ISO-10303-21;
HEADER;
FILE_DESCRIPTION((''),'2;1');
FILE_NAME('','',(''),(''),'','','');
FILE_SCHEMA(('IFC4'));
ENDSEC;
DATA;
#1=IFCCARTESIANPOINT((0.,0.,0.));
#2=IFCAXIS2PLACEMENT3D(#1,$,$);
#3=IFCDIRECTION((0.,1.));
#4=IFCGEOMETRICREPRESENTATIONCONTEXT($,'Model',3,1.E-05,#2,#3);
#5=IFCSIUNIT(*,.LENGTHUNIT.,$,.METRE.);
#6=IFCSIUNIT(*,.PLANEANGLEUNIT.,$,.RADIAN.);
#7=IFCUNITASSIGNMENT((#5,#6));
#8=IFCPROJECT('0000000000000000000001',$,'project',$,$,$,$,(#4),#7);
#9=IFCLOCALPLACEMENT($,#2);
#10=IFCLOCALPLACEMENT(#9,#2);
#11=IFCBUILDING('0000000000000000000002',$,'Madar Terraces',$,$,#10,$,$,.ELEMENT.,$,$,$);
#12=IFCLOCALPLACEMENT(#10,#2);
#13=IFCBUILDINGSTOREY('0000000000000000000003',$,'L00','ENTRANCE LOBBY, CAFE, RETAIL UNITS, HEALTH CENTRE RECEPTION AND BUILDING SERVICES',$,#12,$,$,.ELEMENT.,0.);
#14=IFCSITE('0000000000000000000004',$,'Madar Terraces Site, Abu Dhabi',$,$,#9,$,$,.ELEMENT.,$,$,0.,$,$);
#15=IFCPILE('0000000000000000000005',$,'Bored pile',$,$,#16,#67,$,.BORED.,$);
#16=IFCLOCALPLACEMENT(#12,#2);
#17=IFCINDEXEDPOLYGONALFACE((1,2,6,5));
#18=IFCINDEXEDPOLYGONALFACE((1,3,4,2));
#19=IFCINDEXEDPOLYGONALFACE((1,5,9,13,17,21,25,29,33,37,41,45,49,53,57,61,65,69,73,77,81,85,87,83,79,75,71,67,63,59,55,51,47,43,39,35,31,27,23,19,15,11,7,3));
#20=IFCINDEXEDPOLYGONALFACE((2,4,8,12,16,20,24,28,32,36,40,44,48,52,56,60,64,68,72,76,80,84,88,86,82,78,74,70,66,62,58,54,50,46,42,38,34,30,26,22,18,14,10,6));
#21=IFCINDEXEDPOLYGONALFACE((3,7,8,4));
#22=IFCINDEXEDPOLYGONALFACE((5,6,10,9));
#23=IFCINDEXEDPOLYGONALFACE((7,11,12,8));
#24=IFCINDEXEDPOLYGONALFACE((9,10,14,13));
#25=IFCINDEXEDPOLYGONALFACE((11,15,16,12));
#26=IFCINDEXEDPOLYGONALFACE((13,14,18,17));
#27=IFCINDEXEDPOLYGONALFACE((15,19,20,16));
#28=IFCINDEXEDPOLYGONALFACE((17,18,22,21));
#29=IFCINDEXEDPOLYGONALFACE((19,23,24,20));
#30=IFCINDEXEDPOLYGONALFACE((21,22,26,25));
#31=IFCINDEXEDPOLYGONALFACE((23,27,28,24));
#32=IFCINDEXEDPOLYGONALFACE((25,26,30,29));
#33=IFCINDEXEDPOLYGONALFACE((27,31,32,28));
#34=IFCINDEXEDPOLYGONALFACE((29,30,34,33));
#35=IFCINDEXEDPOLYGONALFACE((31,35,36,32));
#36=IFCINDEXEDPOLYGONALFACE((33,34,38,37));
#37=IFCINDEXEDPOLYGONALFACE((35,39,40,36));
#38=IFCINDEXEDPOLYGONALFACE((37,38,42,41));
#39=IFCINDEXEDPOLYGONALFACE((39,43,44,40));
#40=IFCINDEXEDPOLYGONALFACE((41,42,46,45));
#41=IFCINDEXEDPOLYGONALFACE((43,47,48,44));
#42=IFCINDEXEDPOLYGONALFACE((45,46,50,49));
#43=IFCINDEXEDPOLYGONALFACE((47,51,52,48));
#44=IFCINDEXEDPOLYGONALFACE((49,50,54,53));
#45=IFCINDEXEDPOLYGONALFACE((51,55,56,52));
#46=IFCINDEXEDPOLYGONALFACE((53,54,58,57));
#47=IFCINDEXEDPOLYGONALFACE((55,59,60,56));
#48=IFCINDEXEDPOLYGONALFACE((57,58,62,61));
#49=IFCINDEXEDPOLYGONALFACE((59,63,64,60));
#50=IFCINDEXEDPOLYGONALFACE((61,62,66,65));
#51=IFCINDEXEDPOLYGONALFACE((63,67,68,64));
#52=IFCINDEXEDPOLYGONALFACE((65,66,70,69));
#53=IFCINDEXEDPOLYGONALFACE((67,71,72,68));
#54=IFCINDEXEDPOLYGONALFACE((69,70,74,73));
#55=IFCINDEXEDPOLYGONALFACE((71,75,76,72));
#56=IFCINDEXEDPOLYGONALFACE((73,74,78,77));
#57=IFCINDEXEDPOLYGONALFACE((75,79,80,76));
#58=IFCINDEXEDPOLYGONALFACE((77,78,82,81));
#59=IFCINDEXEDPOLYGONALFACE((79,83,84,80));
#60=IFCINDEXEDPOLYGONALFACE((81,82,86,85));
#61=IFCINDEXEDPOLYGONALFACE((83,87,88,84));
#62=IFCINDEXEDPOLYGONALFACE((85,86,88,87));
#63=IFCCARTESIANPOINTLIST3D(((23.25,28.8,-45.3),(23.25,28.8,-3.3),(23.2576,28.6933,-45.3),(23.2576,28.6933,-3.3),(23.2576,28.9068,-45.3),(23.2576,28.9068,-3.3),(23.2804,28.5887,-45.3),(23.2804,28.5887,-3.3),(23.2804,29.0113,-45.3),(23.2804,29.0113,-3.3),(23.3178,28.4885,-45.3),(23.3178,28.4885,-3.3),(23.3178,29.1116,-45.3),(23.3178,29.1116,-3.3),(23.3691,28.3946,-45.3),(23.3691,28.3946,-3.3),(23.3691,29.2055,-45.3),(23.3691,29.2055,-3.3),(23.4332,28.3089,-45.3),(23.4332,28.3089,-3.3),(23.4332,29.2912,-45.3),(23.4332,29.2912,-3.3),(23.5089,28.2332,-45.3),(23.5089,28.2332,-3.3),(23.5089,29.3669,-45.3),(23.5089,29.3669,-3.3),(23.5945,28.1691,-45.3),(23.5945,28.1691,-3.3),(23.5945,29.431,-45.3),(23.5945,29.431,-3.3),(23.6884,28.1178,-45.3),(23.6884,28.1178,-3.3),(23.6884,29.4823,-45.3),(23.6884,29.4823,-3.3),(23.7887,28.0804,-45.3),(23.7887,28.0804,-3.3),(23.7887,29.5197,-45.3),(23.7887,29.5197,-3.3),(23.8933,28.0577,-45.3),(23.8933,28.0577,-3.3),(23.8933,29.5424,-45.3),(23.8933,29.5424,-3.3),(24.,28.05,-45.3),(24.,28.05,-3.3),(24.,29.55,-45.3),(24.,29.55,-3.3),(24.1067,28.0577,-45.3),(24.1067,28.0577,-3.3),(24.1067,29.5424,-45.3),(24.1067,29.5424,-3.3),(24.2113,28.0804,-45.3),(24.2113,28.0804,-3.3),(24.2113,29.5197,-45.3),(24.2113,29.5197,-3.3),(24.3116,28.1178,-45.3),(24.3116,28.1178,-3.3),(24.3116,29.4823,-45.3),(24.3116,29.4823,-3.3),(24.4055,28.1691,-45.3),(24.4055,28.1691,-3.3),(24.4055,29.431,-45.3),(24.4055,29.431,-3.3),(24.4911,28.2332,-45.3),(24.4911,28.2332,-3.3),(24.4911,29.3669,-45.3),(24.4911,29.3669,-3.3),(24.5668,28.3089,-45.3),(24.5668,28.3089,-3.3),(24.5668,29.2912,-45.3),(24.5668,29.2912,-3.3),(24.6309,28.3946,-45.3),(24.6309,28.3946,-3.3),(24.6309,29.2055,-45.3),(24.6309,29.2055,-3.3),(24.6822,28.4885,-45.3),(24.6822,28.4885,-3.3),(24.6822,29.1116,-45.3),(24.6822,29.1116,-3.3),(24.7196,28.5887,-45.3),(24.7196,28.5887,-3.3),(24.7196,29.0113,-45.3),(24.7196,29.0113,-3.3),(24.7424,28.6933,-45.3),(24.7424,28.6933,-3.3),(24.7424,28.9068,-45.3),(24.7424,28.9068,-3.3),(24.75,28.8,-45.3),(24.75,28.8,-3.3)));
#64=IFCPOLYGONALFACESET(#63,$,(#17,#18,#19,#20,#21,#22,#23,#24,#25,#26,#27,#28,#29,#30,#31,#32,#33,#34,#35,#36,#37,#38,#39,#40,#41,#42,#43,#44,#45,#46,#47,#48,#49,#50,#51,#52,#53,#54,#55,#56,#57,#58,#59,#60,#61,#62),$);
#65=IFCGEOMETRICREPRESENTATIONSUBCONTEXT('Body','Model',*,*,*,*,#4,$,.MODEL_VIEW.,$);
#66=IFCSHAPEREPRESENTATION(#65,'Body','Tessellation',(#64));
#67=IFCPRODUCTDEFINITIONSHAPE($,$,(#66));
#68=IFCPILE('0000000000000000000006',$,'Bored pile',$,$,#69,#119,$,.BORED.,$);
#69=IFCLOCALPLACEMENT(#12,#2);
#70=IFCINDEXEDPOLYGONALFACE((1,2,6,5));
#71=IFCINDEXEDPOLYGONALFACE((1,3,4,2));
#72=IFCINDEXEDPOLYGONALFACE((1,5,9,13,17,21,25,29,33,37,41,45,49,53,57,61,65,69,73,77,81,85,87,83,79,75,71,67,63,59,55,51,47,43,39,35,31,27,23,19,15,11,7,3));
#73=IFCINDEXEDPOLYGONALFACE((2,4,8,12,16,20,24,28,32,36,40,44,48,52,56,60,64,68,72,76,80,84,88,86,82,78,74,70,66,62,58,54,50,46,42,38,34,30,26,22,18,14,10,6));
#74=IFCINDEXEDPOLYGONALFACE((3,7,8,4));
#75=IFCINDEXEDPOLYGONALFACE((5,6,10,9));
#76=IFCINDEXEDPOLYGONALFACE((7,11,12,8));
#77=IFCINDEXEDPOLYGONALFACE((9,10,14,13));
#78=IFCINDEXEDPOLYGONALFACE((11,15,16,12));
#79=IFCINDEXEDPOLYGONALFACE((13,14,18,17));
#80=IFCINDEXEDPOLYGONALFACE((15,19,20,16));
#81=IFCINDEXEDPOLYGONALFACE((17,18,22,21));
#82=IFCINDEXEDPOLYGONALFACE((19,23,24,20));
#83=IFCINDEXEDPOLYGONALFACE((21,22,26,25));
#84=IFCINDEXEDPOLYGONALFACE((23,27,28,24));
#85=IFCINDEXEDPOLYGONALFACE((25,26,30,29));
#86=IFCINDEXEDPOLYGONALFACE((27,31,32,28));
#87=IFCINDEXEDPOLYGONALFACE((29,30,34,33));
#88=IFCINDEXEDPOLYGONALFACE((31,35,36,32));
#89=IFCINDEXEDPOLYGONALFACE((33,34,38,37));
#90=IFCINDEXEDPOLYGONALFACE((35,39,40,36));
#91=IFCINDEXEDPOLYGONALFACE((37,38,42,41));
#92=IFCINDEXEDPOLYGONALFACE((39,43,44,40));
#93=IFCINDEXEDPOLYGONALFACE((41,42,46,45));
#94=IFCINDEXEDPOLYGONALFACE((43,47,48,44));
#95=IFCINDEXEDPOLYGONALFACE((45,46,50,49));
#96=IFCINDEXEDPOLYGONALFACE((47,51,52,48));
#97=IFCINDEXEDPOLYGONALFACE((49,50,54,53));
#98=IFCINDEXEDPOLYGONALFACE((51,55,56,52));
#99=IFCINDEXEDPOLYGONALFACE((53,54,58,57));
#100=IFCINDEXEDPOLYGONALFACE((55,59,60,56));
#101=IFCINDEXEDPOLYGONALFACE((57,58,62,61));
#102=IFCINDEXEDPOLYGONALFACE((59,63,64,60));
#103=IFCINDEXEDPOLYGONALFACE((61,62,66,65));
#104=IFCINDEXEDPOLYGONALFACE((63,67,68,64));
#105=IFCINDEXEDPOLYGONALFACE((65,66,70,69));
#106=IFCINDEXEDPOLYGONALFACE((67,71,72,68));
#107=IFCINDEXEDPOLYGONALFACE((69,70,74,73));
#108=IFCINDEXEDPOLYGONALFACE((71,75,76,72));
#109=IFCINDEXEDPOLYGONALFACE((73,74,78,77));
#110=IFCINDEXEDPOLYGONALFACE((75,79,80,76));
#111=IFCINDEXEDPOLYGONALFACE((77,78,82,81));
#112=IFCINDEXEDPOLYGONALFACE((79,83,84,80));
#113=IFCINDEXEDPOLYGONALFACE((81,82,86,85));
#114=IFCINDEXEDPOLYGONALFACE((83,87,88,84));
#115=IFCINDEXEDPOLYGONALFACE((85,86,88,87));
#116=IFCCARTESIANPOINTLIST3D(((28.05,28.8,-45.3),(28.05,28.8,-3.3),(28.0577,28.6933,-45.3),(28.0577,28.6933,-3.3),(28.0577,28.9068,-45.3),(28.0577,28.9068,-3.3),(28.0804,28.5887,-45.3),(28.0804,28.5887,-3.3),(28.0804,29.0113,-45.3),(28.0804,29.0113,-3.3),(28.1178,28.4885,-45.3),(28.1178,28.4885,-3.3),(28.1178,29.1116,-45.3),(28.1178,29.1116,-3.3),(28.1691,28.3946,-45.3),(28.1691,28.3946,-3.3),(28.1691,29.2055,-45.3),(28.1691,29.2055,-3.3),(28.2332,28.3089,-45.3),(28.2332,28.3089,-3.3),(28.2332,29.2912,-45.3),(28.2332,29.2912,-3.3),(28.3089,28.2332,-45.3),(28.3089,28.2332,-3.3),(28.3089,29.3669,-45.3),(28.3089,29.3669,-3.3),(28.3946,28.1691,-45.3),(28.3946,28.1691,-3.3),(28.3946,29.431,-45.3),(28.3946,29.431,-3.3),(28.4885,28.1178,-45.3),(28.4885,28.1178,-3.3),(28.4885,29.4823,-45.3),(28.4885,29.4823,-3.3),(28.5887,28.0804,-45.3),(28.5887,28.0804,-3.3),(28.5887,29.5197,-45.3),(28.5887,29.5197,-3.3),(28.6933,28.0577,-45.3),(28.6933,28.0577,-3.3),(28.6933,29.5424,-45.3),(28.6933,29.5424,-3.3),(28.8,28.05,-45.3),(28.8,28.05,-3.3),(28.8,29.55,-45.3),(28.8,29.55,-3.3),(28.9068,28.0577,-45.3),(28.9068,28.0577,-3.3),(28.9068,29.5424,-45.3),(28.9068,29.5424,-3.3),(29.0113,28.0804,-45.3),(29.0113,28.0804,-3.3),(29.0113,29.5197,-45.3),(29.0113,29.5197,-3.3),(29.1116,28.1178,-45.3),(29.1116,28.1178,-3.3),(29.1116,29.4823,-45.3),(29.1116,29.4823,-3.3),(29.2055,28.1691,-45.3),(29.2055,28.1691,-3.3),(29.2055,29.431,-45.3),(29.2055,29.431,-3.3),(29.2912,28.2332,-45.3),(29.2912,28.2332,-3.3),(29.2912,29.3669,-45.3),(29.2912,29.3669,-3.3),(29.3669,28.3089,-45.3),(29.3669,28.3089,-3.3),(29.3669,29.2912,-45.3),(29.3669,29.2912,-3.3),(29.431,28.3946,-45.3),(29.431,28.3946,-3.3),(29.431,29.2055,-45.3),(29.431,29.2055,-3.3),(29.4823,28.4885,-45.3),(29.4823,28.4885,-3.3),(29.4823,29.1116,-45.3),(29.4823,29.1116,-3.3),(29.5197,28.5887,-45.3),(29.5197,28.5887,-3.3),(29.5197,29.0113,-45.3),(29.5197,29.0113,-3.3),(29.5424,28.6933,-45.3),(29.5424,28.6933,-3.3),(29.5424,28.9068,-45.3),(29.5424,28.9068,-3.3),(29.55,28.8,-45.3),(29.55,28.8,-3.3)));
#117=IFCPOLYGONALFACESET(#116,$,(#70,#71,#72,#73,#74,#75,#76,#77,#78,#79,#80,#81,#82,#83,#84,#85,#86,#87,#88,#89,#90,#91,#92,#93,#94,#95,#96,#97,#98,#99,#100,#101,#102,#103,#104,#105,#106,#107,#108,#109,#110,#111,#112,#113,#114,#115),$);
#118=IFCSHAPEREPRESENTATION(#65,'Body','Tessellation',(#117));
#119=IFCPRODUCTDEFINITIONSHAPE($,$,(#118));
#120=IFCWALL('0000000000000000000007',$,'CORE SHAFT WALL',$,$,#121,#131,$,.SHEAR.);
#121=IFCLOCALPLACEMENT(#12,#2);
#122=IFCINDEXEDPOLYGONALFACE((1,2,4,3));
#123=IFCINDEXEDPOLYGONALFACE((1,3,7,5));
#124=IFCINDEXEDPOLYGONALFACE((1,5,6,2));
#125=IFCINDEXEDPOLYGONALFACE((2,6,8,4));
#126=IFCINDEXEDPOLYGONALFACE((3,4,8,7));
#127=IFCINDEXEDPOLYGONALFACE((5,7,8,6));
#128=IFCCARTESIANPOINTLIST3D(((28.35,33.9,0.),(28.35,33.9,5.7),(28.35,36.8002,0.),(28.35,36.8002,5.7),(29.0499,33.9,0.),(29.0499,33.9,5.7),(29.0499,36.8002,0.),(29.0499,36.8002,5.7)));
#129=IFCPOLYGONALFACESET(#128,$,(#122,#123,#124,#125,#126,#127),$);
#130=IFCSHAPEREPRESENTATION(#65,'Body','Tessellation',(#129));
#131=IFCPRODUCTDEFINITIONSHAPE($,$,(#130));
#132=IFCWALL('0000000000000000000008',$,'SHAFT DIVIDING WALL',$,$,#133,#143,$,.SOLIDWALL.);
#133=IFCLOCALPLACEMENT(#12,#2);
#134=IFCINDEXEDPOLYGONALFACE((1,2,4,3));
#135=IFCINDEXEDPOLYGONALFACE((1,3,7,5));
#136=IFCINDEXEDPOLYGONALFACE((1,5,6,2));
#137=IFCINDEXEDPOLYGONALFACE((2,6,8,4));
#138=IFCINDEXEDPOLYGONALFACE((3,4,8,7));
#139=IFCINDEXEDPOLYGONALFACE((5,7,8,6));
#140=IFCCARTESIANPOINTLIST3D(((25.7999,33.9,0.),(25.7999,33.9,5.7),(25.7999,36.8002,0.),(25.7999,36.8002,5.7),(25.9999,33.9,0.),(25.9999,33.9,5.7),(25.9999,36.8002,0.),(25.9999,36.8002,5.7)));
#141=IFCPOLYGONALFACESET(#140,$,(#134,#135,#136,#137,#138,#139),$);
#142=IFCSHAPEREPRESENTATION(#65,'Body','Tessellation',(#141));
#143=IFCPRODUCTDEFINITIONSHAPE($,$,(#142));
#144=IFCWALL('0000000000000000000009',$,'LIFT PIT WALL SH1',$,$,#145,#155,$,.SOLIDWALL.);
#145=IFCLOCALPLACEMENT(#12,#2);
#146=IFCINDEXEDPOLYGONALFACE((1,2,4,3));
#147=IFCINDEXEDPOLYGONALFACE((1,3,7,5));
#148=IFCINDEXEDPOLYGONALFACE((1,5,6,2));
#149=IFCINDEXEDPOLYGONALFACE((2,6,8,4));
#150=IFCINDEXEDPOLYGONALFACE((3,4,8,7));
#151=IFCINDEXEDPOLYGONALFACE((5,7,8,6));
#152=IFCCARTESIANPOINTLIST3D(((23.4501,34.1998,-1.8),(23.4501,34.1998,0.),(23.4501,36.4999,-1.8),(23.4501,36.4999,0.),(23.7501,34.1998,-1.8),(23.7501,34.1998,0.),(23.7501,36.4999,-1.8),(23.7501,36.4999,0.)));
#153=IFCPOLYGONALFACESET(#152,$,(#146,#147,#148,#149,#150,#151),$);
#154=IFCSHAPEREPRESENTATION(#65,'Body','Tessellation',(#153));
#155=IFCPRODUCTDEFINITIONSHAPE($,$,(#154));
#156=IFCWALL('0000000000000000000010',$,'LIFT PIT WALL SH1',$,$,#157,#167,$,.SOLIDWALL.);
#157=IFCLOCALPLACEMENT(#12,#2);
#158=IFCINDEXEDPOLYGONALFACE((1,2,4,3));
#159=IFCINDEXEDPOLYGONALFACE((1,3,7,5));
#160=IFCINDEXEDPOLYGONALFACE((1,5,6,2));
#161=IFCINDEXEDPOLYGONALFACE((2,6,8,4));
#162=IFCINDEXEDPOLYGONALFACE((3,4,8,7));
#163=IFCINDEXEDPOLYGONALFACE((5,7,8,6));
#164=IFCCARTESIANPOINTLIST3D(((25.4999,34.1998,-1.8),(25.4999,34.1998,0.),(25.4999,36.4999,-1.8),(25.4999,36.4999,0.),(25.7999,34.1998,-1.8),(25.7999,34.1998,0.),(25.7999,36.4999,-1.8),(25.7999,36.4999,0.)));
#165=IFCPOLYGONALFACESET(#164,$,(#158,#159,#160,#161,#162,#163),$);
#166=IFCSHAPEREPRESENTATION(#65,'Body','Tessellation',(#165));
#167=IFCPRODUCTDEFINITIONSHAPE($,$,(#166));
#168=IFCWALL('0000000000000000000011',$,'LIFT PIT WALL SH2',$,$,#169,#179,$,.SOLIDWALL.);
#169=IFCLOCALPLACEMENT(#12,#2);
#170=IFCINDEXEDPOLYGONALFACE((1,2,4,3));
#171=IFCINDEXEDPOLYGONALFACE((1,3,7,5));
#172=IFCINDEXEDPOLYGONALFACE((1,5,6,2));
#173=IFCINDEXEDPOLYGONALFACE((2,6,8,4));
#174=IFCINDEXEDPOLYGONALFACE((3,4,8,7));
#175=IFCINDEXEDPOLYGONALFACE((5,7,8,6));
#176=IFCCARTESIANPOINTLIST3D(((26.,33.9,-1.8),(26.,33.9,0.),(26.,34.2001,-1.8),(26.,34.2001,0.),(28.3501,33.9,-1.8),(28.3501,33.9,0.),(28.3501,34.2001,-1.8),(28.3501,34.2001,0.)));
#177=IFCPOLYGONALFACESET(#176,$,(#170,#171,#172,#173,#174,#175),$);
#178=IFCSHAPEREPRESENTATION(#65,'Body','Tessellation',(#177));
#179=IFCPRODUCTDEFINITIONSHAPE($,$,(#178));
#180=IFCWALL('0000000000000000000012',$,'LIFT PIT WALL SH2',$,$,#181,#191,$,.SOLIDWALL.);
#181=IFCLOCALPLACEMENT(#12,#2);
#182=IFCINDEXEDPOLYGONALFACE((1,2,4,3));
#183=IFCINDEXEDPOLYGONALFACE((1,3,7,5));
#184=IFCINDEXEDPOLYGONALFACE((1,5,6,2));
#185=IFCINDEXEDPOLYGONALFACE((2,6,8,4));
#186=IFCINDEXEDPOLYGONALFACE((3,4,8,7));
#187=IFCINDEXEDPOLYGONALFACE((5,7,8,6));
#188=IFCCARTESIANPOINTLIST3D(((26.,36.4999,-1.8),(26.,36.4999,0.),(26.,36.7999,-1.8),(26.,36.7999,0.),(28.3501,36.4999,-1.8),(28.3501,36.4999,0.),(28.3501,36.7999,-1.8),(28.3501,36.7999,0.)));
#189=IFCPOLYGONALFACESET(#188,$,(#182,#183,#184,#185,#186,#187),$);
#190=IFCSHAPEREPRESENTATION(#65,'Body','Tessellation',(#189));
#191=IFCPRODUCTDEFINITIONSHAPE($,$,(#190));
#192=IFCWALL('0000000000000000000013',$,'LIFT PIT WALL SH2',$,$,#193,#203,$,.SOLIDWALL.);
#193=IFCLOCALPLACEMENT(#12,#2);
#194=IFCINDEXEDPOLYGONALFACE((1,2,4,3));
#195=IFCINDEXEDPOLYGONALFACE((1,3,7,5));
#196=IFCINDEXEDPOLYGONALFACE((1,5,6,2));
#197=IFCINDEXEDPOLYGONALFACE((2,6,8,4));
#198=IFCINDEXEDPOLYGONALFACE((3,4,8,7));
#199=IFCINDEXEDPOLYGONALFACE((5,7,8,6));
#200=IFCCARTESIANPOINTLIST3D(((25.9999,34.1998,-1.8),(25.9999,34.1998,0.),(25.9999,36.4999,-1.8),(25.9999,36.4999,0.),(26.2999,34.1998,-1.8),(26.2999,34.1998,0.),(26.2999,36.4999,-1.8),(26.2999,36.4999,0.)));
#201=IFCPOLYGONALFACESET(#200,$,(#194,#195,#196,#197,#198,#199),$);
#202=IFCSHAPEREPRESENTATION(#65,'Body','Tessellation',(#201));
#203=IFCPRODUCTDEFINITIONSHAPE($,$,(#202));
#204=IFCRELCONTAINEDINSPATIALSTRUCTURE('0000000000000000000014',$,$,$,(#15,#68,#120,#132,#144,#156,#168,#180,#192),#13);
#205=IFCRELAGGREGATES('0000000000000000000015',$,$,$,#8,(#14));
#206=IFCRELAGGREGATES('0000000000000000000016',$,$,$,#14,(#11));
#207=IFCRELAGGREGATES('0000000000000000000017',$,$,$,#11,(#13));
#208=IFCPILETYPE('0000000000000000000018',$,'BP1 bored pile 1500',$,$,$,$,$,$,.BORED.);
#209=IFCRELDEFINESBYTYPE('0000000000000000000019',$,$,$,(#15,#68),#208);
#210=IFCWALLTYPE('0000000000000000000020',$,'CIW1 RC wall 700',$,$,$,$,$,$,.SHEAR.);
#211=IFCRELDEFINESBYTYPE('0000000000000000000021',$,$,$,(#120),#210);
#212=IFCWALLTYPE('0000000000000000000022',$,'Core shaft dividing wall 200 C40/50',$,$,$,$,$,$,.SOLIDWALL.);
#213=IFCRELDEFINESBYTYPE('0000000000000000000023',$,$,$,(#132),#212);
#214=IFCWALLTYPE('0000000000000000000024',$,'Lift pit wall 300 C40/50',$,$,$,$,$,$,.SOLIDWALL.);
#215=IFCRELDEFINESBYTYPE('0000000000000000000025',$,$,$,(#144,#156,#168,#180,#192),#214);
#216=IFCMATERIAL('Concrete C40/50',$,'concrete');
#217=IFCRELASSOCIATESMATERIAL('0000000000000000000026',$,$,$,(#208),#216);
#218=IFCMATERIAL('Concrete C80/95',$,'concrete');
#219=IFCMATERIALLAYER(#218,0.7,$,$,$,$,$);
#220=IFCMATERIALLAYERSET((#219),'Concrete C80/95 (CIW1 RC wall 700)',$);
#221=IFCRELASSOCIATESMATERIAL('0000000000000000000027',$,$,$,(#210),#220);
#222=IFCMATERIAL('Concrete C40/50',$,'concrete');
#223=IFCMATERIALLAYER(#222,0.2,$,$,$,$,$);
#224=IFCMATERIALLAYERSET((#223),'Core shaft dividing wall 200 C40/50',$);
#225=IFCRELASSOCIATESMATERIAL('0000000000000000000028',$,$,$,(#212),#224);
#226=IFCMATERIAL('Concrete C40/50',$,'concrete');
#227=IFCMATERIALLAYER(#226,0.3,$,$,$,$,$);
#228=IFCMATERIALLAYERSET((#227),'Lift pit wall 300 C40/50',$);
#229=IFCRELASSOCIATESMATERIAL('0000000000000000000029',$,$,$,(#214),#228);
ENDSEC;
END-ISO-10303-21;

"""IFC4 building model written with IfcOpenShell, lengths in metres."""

from ifc_helpers import new_model, si_unit, direction, frame, frame_2d, origin, origin_2d, place, context, subcontext, project, spatial, rectangle, circle, extrude, material, layer, layer_set, material_profile, profile_set, type_object, element, save


model = new_model("IFC4")

# Units and contexts
model_context = context("Model", 3, precision=1e-05, world=origin(), true_north=direction((0.0, 1.0)))
body_context = subcontext(model_context, "Body", "Model", "MODEL_VIEW")
ifc_project = project(units=[si_unit("LENGTHUNIT", "METRE"), si_unit("PLANEANGLEUNIT", "RADIAN")], contexts=[model_context])

# Site, building, storey
site_placement = place(None, origin())
site = spatial("IfcSite", under=ifc_project, at=site_placement, Name="Madar Terraces Site, Abu Dhabi", CompositionType="ELEMENT", RefElevation=0.0)
building_placement = place(site_placement, origin())
building = spatial("IfcBuilding", under=site, at=building_placement, Name="Madar Terraces", CompositionType="ELEMENT")
storey_placement = place(building_placement, origin())
storey = spatial("IfcBuildingStorey", under=building, at=storey_placement, Name="L00", Description="ENTRANCE LOBBY, CAFE, RETAIL UNITS, HEALTH CENTRE RECEPTION AND BUILDING SERVICES", CompositionType="ELEMENT", Elevation=0.0)

# Piles
ifc_material_1 = material(Name="Concrete C40/50", Category="concrete")
ifc_material_profile = material_profile(ifc_material_1, circle(Radius=0.75, at=origin_2d()), Name="BP1 bored pile 1500")
ifc_profile_set = profile_set([ifc_material_profile], Name="Concrete C40/50")
pile_type = type_object("IfcPileType", Name="BP1 bored pile 1500", PredefinedType="BORED", material=ifc_profile_set)
for number, where, z_axis, x_axis, name in (
    (1, (24.0, 28.8, -3.3), (0.0, 0.0, -1.0), (1.0, 0.0, 0.0), "Bored pile"),
    (2, (28.8, 28.8, -3.3), (0.0, 0.0, -1.0), (1.0, 0.0, 0.0), "Bored pile"),
):
    element("IfcPile", number, at=place(storey_placement, frame(where, z_axis=z_axis, x_axis=x_axis)), inside=storey, type_object=pile_type, Name=name, PredefinedType="BORED", context=body_context, shape_type="SweptSolid", body=[
        extrude(circle(Radius=0.75, at=origin_2d()), origin(), (0.0, 0.0, 1.0), 42.0),
    ])

# Walls
ifc_material_2 = material(Name="Concrete C80/95", Category="concrete")
ifc_layer_1 = layer(ifc_material_2, 0.7)
ifc_layer_set_1 = layer_set([ifc_layer_1], Name="Concrete C80/95 (CIW1 RC wall 700)")
wall_type_1 = type_object("IfcWallType", Name="CIW1 RC wall 700", PredefinedType="SHEAR", material=ifc_layer_set_1)
wall_1_placement = place(storey_placement, frame((28.7, 33.8999, 0.0), z_axis=(0.0, 0.0, 1.0), x_axis=(0.0, 1.0, 0.0)))
element("IfcWall", 3, at=wall_1_placement, inside=storey, type_object=wall_type_1, Name="CORE SHAFT WALL", PredefinedType="SHEAR", context=body_context, shape_type="SweptSolid", body=[
    extrude(rectangle(XDim=2.9001, YDim=0.7, at=frame_2d((1.4502, 0.0))), origin(), (0.0, 0.0, 1.0), 5.7),
])
ifc_material_3 = material(Name="Concrete C40/50", Category="concrete")
ifc_layer_2 = layer(ifc_material_3, 0.2)
ifc_layer_set_2 = layer_set([ifc_layer_2], Name="Core shaft dividing wall 200 C40/50")
wall_type_2 = type_object("IfcWallType", Name="Core shaft dividing wall 200 C40/50", PredefinedType="SOLIDWALL", material=ifc_layer_set_2)
wall_2_placement = place(storey_placement, frame((25.8999, 33.8999, 0.0), z_axis=(0.0, 0.0, 1.0), x_axis=(0.0, 1.0, 0.0)))
element("IfcWall", 4, at=wall_2_placement, inside=storey, type_object=wall_type_2, Name="SHAFT DIVIDING WALL", PredefinedType="SOLIDWALL", context=body_context, shape_type="SweptSolid", body=[
    extrude(rectangle(XDim=2.9001, YDim=0.2, at=frame_2d((1.4502, 0.0))), origin(), (0.0, 0.0, 1.0), 5.7),
])
ifc_material_4 = material(Name="Concrete C40/50", Category="concrete")
ifc_layer_3 = layer(ifc_material_4, 0.3)
ifc_layer_set_3 = layer_set([ifc_layer_3], Name="Lift pit wall 300 C40/50")
wall_type_3 = type_object("IfcWallType", Name="Lift pit wall 300 C40/50", PredefinedType="SOLIDWALL", material=ifc_layer_set_3)
for number, where, z_axis, x_axis, name in (
    (5, (23.6001, 34.2, -1.8), (0.0, 0.0, 1.0), (0.0, 1.0, 0.0), "LIFT PIT WALL SH1"),
    (6, (25.6499, 34.2, -1.8), (0.0, 0.0, 1.0), (0.0, 1.0, 0.0), "LIFT PIT WALL SH1"),
):
    element("IfcWall", number, at=place(storey_placement, frame(where, z_axis=z_axis, x_axis=x_axis)), inside=storey, type_object=wall_type_3, Name=name, PredefinedType="SOLIDWALL", context=body_context, shape_type="SweptSolid", body=[
        extrude(rectangle(XDim=2.3, YDim=0.3, at=frame_2d((1.1499, 0.0))), origin(), (0.0, 0.0, 1.0), 1.8),
    ])
for number, where, z_axis, x_axis, name in (
    (7, (26.0, 34.05, -1.8), (0.0, 0.0, 1.0), (1.0, 0.0, 0.0), "LIFT PIT WALL SH2"),
    (8, (26.0, 36.6499, -1.8), (0.0, 0.0, 1.0), (1.0, 0.0, 0.0), "LIFT PIT WALL SH2"),
):
    element("IfcWall", number, at=place(storey_placement, frame(where, z_axis=z_axis, x_axis=x_axis)), inside=storey, type_object=wall_type_3, Name=name, PredefinedType="SOLIDWALL", context=body_context, shape_type="SweptSolid", body=[
        extrude(rectangle(XDim=2.3501, YDim=0.3, at=frame_2d((1.175, 0.0))), origin(), (0.0, 0.0, 1.0), 1.8),
    ])
for number, where, z_axis, x_axis, name in (
    (9, (26.1499, 34.2, -1.8), (0.0, 0.0, 1.0), (0.0, 1.0, 0.0), "LIFT PIT WALL SH2"),
):
    element("IfcWall", number, at=place(storey_placement, frame(where, z_axis=z_axis, x_axis=x_axis)), inside=storey, type_object=wall_type_3, Name=name, PredefinedType="SOLIDWALL", context=body_context, shape_type="SweptSolid", body=[
        extrude(rectangle(XDim=2.3, YDim=0.3, at=frame_2d((1.1499, 0.0))), origin(), (0.0, 0.0, 1.0), 1.8),
    ])

save(model, "model.ifc")
